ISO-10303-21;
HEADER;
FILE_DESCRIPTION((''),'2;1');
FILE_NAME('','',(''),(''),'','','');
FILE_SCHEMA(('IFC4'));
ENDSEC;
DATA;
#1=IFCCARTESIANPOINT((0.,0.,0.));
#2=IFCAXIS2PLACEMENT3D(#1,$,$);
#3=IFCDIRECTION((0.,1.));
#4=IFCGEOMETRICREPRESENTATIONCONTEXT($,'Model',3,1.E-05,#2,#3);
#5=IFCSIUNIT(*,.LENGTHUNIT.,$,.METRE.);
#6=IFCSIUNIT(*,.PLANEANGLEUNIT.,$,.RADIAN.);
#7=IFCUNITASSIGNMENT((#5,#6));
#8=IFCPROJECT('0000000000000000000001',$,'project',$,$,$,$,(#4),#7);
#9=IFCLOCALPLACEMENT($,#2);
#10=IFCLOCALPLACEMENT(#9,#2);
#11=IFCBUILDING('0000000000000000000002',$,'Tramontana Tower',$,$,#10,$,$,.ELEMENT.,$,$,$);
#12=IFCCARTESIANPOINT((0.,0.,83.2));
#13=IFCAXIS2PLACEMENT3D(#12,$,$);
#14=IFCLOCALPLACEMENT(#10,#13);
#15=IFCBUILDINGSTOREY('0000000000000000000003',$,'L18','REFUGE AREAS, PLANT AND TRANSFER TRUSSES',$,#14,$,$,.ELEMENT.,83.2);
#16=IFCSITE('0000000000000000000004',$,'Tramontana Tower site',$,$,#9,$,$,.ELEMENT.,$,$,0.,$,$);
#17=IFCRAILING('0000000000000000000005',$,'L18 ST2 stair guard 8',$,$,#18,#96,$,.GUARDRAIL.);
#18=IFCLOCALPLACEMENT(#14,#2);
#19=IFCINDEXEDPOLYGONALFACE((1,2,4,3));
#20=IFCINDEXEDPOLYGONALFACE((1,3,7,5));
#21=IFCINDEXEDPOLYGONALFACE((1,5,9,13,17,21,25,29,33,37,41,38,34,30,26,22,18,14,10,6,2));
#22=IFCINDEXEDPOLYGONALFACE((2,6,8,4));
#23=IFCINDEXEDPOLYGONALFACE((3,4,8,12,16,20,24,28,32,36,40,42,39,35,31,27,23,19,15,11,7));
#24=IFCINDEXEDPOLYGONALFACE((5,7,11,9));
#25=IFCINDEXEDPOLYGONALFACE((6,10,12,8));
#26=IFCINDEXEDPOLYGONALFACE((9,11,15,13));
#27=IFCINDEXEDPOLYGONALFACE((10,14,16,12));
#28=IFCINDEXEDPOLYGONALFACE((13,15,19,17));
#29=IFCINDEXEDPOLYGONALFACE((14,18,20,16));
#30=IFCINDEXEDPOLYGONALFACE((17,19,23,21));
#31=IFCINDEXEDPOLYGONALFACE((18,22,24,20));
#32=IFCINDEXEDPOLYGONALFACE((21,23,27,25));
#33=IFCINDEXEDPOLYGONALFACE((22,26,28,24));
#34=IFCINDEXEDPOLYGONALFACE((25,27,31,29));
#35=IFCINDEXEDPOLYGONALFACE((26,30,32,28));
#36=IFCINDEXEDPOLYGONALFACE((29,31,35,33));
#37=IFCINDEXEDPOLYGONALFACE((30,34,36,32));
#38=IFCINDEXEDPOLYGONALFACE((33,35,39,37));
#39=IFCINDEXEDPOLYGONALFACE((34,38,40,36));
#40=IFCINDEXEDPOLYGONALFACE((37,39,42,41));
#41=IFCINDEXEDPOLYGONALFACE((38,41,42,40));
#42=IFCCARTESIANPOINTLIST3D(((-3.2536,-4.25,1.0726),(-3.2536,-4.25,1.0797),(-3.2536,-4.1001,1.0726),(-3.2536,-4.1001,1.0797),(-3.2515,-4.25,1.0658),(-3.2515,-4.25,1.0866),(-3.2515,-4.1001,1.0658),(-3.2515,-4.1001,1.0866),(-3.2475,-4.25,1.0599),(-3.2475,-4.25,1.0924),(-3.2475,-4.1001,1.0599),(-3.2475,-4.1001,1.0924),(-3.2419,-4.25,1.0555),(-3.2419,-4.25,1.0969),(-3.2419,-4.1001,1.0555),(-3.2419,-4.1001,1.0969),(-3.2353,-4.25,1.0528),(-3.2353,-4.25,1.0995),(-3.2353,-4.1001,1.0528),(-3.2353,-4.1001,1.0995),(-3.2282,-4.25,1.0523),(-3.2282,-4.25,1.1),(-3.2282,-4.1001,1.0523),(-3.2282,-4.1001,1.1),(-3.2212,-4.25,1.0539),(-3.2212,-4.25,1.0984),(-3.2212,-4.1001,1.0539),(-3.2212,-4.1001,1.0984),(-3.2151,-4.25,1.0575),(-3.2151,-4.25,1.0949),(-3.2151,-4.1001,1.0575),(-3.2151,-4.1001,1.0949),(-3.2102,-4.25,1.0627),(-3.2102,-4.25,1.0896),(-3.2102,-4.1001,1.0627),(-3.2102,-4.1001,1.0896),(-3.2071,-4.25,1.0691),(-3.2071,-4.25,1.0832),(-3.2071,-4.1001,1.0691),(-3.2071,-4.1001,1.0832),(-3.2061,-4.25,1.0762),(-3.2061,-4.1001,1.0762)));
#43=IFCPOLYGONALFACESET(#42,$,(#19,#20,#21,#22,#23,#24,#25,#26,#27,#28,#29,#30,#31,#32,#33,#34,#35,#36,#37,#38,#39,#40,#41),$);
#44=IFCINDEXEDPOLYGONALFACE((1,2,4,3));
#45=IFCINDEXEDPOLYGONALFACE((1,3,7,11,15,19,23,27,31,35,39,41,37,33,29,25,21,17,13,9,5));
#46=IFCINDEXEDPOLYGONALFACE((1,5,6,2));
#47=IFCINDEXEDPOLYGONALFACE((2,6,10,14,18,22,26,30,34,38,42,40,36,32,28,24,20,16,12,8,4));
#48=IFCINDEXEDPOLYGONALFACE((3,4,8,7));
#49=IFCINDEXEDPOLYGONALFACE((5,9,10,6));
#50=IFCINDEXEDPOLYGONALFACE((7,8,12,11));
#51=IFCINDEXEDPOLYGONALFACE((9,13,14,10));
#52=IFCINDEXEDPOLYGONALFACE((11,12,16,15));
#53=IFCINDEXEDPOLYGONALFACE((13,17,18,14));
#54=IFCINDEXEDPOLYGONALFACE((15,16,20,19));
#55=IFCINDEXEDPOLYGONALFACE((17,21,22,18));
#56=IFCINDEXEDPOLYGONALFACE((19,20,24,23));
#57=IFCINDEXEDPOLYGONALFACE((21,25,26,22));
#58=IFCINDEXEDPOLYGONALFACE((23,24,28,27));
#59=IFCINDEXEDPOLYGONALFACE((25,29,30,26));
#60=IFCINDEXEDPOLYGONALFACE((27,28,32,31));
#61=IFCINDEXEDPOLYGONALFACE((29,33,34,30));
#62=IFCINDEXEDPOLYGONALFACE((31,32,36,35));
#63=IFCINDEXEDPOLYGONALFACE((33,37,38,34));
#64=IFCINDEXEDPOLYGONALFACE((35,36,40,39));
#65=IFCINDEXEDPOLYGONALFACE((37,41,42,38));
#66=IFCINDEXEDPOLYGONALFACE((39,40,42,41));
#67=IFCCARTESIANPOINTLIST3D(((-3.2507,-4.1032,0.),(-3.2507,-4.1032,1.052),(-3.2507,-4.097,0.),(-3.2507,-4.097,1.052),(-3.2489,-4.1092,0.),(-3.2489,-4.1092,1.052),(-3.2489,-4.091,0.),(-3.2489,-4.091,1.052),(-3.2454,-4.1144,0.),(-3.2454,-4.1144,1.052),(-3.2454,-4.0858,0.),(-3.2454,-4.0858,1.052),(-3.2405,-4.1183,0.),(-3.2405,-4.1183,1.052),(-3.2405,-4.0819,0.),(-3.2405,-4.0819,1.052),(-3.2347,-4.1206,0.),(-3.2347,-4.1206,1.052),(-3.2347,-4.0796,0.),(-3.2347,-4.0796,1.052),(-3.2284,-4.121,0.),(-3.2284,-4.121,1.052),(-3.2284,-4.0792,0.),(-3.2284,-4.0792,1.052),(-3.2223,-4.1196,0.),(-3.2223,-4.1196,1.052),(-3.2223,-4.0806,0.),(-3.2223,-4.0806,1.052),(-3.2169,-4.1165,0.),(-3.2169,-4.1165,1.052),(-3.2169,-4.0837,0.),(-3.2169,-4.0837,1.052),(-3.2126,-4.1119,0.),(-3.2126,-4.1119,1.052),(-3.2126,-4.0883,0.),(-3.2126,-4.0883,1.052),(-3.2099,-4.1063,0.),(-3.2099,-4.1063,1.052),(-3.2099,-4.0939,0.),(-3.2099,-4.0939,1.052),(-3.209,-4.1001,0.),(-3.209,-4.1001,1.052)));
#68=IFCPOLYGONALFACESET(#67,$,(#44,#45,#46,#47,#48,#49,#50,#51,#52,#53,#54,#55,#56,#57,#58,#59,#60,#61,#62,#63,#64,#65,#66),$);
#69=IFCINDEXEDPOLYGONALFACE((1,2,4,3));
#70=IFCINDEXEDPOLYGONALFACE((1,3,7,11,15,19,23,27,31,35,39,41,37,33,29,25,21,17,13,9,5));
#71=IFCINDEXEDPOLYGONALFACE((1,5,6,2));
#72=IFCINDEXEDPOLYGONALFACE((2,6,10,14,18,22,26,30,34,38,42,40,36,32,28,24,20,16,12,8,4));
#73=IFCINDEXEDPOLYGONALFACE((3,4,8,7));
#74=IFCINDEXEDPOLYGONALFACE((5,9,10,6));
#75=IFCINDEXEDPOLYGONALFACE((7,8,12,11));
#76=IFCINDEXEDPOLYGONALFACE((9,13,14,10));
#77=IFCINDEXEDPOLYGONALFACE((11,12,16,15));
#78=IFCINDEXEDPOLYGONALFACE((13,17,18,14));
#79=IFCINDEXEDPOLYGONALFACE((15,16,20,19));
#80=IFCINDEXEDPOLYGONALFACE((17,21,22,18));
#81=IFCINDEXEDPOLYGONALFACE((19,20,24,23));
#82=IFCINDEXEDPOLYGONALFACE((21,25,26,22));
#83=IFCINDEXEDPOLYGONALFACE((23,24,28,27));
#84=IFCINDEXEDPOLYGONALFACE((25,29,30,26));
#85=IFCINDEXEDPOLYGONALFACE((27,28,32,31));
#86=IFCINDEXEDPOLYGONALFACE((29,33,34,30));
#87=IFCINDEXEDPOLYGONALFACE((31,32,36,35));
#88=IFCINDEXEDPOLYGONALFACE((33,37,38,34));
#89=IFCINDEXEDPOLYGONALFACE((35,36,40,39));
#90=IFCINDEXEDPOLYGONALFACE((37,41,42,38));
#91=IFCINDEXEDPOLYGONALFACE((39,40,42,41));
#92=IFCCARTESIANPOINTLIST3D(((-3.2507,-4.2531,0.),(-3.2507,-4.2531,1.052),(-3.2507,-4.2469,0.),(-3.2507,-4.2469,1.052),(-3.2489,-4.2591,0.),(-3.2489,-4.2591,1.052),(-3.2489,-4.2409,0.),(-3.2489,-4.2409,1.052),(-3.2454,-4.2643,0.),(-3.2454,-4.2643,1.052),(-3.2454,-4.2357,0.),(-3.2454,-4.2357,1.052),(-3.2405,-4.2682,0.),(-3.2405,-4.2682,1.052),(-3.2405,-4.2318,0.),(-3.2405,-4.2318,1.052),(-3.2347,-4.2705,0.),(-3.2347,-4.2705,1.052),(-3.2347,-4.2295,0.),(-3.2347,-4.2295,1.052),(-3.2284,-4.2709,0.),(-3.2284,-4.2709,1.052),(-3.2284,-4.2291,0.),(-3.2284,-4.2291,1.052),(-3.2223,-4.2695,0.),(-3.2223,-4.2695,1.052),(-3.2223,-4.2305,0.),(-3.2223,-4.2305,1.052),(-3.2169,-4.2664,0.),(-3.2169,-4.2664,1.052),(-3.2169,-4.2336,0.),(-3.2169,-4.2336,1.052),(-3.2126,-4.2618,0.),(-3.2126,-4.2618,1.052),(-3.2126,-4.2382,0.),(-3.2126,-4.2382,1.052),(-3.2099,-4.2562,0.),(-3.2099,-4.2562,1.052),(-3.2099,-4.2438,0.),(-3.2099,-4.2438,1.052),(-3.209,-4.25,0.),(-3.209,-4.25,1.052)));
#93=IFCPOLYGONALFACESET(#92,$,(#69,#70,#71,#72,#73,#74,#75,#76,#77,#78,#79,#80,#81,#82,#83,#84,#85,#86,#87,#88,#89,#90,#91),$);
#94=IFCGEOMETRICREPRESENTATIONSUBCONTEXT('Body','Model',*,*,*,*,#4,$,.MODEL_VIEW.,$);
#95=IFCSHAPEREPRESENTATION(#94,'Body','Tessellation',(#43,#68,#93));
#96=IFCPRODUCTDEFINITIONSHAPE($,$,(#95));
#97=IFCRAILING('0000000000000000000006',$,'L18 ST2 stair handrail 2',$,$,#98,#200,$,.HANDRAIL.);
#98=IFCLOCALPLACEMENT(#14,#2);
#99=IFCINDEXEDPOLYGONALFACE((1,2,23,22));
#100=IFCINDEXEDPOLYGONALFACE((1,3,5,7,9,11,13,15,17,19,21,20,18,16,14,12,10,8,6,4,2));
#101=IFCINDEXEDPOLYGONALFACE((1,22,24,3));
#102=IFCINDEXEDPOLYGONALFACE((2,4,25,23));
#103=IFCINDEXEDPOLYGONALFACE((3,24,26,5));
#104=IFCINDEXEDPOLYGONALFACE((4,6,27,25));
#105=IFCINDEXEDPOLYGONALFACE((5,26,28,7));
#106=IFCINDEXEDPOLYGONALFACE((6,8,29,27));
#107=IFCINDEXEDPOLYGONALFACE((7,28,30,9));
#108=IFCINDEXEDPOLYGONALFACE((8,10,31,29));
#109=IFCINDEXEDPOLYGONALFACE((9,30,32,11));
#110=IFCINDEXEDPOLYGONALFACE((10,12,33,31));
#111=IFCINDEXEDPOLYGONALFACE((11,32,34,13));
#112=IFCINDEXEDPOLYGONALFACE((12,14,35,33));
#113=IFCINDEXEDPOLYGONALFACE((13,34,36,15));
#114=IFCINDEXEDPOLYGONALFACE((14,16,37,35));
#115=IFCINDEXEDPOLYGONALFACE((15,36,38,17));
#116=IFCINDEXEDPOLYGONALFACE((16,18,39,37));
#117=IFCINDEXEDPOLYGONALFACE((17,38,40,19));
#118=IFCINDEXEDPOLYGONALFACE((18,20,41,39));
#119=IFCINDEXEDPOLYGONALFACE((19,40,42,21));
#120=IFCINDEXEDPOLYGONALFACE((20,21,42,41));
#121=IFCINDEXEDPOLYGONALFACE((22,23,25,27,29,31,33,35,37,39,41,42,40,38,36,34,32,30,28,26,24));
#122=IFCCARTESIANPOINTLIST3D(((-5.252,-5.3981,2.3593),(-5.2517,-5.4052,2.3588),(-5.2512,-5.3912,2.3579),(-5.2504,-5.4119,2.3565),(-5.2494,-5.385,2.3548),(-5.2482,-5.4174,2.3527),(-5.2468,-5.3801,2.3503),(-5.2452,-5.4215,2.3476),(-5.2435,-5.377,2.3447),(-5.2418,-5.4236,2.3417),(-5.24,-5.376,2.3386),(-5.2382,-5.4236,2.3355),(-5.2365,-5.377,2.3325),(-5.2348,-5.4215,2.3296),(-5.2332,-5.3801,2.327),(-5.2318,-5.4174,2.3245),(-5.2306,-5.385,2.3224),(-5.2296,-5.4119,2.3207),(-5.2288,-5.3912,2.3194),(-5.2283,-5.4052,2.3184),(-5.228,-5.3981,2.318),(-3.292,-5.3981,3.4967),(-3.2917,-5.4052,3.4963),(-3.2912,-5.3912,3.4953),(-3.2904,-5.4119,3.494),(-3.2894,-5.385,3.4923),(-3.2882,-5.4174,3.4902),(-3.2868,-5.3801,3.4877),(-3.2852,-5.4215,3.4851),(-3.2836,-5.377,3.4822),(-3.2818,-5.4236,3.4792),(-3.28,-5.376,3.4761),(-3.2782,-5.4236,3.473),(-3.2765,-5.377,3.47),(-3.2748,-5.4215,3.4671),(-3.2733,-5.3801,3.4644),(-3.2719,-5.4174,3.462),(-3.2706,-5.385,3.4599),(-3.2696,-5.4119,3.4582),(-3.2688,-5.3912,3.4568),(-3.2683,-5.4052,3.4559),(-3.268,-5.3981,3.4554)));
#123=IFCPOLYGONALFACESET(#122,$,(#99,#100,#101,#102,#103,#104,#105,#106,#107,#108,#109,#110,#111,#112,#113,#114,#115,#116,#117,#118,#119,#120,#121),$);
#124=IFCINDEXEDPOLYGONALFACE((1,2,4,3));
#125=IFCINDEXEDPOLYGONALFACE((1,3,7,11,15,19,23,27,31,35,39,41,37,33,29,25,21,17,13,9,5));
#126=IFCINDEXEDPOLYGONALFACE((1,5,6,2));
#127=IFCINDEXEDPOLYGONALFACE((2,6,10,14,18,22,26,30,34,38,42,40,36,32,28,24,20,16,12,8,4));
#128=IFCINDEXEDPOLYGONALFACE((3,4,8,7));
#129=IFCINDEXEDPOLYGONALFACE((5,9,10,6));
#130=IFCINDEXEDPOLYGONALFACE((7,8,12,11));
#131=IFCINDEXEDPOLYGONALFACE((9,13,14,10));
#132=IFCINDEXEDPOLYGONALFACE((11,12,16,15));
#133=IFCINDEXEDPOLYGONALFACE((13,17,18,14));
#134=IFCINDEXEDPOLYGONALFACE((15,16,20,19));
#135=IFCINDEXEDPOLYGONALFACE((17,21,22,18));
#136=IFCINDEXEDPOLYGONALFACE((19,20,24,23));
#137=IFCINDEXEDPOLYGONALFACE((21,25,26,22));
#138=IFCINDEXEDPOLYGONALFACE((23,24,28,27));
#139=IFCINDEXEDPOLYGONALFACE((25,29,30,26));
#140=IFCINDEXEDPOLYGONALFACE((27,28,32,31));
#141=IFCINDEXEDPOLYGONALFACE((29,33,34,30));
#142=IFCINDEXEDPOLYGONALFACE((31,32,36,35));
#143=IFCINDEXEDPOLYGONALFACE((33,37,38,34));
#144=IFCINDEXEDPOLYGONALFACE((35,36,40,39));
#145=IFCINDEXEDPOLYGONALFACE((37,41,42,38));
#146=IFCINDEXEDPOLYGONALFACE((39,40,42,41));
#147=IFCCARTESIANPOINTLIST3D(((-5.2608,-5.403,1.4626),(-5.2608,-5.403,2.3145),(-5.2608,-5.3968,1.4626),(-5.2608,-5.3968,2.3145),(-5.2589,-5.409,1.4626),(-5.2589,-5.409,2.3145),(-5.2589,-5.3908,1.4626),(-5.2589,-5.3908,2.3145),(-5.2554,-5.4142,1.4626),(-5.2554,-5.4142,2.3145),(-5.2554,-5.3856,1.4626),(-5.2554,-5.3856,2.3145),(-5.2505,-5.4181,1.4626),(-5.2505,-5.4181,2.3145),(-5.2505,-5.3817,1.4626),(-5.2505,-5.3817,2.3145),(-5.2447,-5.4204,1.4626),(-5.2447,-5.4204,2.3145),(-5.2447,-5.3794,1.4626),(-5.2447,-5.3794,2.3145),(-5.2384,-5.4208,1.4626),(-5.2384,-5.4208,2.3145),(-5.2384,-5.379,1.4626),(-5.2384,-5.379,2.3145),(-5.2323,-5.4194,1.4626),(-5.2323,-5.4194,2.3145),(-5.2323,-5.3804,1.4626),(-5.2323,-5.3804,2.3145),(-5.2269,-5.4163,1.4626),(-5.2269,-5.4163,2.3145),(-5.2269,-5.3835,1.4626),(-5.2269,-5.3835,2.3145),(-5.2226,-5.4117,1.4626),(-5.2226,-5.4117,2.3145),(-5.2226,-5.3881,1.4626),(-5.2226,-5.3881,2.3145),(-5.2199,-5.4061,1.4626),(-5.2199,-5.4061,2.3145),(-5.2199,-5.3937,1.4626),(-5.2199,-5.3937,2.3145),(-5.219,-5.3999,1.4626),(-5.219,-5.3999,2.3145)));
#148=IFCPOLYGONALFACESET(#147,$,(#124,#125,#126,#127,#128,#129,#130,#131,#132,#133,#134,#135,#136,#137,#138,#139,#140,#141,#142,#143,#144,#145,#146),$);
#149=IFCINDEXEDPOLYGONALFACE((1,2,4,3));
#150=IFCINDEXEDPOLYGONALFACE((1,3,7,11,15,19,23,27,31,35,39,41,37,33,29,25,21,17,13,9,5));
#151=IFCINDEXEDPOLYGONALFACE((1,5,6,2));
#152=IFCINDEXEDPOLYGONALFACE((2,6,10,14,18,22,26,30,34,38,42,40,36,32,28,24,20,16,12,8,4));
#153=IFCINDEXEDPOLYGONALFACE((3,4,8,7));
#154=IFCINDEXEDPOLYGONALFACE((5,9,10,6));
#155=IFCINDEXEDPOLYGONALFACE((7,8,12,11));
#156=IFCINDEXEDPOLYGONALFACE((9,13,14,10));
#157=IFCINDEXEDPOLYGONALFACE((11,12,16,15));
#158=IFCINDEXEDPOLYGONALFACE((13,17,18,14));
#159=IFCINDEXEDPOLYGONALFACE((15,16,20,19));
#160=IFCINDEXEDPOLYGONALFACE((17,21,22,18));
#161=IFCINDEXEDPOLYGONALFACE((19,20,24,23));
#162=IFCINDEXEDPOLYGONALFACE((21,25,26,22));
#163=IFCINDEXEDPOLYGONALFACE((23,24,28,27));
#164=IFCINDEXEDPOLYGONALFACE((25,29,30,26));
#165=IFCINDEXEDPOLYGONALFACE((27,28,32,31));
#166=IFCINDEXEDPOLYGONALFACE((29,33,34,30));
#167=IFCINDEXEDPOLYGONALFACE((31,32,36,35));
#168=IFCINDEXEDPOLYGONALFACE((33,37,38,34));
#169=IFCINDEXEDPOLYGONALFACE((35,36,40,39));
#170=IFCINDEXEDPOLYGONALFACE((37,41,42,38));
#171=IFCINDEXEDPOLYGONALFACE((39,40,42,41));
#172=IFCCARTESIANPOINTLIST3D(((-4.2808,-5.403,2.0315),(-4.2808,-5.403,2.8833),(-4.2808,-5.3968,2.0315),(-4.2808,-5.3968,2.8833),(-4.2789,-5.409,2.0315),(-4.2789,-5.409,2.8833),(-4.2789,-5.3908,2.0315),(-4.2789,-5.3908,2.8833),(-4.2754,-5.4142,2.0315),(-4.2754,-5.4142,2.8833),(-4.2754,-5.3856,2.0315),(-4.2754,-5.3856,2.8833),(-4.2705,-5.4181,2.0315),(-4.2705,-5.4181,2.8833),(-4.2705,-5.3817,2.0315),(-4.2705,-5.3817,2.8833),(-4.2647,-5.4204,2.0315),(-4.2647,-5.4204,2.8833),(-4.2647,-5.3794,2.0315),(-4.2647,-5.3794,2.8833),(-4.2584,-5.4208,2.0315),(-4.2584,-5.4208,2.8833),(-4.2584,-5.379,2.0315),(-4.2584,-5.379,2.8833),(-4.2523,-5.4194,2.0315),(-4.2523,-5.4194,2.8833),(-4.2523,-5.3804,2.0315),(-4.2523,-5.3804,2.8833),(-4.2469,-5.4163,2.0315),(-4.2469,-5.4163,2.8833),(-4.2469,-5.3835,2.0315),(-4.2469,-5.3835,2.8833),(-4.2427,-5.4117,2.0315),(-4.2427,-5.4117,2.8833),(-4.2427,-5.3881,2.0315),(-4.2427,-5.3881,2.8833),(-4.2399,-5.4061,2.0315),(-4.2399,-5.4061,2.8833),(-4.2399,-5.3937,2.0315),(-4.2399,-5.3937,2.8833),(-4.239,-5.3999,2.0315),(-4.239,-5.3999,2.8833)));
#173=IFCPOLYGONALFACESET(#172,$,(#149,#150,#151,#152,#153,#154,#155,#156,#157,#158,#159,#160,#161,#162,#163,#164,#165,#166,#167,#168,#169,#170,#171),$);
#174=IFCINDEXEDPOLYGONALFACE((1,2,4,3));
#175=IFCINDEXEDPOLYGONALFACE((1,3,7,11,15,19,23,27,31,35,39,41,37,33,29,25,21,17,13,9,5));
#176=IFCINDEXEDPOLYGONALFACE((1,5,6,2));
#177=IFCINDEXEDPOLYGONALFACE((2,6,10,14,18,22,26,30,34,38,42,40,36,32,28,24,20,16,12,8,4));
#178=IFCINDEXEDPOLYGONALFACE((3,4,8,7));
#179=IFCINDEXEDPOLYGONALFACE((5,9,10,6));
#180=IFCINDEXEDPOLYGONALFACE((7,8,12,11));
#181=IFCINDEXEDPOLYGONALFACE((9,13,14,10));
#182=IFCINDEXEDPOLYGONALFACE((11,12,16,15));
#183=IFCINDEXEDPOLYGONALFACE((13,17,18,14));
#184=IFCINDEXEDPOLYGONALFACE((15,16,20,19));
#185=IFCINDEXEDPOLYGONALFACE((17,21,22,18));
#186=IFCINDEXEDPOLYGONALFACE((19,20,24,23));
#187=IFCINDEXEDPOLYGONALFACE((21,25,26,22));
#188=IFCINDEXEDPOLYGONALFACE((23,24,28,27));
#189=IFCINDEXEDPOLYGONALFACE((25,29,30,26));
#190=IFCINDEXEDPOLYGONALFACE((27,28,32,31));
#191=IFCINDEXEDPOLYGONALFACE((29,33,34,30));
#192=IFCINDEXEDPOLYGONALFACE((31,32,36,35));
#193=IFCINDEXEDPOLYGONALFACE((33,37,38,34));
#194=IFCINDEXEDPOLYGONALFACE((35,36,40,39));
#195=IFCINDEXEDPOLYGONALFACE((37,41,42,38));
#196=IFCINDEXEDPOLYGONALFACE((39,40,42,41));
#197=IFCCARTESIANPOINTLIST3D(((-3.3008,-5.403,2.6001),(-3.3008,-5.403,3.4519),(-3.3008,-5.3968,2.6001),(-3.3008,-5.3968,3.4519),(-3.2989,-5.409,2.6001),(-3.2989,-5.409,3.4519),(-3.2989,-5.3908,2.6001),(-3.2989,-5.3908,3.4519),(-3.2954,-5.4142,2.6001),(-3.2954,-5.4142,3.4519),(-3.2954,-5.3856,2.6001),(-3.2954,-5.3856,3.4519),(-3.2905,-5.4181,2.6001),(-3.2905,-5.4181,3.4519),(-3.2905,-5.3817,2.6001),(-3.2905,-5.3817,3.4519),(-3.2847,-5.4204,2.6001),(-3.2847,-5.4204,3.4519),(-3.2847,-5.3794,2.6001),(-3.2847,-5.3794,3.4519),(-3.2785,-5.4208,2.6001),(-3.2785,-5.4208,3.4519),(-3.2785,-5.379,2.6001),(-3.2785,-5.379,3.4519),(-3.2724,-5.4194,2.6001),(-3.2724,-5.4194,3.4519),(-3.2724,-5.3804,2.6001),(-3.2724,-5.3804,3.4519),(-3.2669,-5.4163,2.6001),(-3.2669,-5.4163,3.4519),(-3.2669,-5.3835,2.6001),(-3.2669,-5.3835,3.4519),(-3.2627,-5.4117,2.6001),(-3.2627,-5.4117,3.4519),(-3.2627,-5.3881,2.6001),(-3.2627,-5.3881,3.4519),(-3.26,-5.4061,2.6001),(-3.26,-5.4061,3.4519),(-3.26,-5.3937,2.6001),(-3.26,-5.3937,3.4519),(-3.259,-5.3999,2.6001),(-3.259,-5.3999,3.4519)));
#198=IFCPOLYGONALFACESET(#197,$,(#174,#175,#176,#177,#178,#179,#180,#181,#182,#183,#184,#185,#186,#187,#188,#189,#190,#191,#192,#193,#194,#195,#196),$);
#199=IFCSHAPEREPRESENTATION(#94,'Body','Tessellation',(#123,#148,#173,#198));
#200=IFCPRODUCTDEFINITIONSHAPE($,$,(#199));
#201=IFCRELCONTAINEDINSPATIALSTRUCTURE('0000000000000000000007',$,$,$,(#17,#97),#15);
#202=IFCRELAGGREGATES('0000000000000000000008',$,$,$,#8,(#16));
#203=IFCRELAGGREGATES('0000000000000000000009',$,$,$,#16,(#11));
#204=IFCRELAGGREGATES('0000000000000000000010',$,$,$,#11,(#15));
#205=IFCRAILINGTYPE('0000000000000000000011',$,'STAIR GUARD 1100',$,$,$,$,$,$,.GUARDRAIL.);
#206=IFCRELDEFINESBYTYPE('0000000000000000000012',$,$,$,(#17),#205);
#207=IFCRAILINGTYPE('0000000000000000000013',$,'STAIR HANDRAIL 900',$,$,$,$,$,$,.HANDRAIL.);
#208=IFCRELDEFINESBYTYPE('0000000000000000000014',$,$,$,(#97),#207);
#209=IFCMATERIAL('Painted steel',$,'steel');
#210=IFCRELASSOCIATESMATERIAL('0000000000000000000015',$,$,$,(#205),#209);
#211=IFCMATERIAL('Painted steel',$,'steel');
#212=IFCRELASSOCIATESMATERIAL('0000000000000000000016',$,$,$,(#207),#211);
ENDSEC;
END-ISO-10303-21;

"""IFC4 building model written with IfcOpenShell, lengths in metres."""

from ifc_helpers import new_model, si_unit, direction, frame, origin, origin_2d, place, context, subcontext, project, spatial, circle, extrude, material, type_object, element, save


model = new_model("IFC4")

# Units and contexts
model_context = context("Model", 3, precision=1e-05, world=origin(), true_north=direction((0.0, 1.0)))
body_context = subcontext(model_context, "Body", "Model", "MODEL_VIEW")
ifc_project = project(units=[si_unit("LENGTHUNIT", "METRE"), si_unit("PLANEANGLEUNIT", "RADIAN")], contexts=[model_context])

# Site, building, storey
site_placement = place(None, origin())
site = spatial("IfcSite", under=ifc_project, at=site_placement, Name="Tramontana Tower site", CompositionType="ELEMENT", RefElevation=0.0)
building_placement = place(site_placement, origin())
building = spatial("IfcBuilding", under=site, at=building_placement, Name="Tramontana Tower", CompositionType="ELEMENT")
storey_placement = place(building_placement, frame((0.0, 0.0, 83.2)))
storey = spatial("IfcBuildingStorey", under=building, at=storey_placement, Name="L18", Description="REFUGE AREAS, PLANT AND TRANSFER TRUSSES", CompositionType="ELEMENT", Elevation=83.2)

# Railings
ifc_material_1 = material(Name="Painted steel", Category="steel")
railing_type_1 = type_object("IfcRailingType", Name="STAIR GUARD 1100", PredefinedType="GUARDRAIL", material=ifc_material_1)
for number, where, name in (
    (1, (-3.23, -4.1001, 0.0), "L18 ST2 stair guard 8"),
):
    element("IfcRailing", number, at=place(storey_placement, frame(where)), inside=storey, type_object=railing_type_1, Name=name, PredefinedType="GUARDRAIL", context=body_context, shape_type="SweptSolid", body=[
        extrude(circle(Radius=0.0239, at=origin_2d()), frame((0.0, 0.0, 1.0762), z_axis=(0.0, -1.0, 0.0), x_axis=(1.0, 0.0, 0.0)), (0.0, 0.0, 1.0), 0.1499),
        extrude(circle(Radius=0.021, at=origin_2d()), origin(), (0.0, 0.0, 1.0), 1.052),
        extrude(circle(Radius=0.021, at=origin_2d()), frame((0.0, -0.1499, 0.0)), (0.0, 0.0, 1.0), 1.052),
    ])
ifc_material_2 = material(Name="Painted steel", Category="steel")
railing_type_2 = type_object("IfcRailingType", Name="STAIR HANDRAIL 900", PredefinedType="HANDRAIL", material=ifc_material_2)
for number, where, name in (
    (2, (-5.24, -5.3999, 1.4626), "L18 ST2 stair handrail 2"),
):
    element("IfcRailing", number, at=place(storey_placement, frame(where)), inside=storey, type_object=railing_type_2, Name=name, PredefinedType="HANDRAIL", context=body_context, shape_type="SweptSolid", body=[
        extrude(circle(Radius=0.0239, at=origin_2d()), frame((0.0, 0.0, 0.876), z_axis=(0.864902, 0.0, 0.501941), x_axis=(0.0, 1.0, 0.0)), (0.0, 0.0, 1.0), 2.2661),
        extrude(circle(Radius=0.021, at=origin_2d()), origin(), (0.0, 0.0, 1.0), 0.8518),
        extrude(circle(Radius=0.021, at=origin_2d()), frame((0.98, 0.0, 0.5688)), (0.0, 0.0, 1.0), 0.8518),
        extrude(circle(Radius=0.021, at=origin_2d()), frame((1.96, 0.0, 1.1375)), (0.0, 0.0, 1.0), 0.8518),
    ])

save(model, "model.ifc")
